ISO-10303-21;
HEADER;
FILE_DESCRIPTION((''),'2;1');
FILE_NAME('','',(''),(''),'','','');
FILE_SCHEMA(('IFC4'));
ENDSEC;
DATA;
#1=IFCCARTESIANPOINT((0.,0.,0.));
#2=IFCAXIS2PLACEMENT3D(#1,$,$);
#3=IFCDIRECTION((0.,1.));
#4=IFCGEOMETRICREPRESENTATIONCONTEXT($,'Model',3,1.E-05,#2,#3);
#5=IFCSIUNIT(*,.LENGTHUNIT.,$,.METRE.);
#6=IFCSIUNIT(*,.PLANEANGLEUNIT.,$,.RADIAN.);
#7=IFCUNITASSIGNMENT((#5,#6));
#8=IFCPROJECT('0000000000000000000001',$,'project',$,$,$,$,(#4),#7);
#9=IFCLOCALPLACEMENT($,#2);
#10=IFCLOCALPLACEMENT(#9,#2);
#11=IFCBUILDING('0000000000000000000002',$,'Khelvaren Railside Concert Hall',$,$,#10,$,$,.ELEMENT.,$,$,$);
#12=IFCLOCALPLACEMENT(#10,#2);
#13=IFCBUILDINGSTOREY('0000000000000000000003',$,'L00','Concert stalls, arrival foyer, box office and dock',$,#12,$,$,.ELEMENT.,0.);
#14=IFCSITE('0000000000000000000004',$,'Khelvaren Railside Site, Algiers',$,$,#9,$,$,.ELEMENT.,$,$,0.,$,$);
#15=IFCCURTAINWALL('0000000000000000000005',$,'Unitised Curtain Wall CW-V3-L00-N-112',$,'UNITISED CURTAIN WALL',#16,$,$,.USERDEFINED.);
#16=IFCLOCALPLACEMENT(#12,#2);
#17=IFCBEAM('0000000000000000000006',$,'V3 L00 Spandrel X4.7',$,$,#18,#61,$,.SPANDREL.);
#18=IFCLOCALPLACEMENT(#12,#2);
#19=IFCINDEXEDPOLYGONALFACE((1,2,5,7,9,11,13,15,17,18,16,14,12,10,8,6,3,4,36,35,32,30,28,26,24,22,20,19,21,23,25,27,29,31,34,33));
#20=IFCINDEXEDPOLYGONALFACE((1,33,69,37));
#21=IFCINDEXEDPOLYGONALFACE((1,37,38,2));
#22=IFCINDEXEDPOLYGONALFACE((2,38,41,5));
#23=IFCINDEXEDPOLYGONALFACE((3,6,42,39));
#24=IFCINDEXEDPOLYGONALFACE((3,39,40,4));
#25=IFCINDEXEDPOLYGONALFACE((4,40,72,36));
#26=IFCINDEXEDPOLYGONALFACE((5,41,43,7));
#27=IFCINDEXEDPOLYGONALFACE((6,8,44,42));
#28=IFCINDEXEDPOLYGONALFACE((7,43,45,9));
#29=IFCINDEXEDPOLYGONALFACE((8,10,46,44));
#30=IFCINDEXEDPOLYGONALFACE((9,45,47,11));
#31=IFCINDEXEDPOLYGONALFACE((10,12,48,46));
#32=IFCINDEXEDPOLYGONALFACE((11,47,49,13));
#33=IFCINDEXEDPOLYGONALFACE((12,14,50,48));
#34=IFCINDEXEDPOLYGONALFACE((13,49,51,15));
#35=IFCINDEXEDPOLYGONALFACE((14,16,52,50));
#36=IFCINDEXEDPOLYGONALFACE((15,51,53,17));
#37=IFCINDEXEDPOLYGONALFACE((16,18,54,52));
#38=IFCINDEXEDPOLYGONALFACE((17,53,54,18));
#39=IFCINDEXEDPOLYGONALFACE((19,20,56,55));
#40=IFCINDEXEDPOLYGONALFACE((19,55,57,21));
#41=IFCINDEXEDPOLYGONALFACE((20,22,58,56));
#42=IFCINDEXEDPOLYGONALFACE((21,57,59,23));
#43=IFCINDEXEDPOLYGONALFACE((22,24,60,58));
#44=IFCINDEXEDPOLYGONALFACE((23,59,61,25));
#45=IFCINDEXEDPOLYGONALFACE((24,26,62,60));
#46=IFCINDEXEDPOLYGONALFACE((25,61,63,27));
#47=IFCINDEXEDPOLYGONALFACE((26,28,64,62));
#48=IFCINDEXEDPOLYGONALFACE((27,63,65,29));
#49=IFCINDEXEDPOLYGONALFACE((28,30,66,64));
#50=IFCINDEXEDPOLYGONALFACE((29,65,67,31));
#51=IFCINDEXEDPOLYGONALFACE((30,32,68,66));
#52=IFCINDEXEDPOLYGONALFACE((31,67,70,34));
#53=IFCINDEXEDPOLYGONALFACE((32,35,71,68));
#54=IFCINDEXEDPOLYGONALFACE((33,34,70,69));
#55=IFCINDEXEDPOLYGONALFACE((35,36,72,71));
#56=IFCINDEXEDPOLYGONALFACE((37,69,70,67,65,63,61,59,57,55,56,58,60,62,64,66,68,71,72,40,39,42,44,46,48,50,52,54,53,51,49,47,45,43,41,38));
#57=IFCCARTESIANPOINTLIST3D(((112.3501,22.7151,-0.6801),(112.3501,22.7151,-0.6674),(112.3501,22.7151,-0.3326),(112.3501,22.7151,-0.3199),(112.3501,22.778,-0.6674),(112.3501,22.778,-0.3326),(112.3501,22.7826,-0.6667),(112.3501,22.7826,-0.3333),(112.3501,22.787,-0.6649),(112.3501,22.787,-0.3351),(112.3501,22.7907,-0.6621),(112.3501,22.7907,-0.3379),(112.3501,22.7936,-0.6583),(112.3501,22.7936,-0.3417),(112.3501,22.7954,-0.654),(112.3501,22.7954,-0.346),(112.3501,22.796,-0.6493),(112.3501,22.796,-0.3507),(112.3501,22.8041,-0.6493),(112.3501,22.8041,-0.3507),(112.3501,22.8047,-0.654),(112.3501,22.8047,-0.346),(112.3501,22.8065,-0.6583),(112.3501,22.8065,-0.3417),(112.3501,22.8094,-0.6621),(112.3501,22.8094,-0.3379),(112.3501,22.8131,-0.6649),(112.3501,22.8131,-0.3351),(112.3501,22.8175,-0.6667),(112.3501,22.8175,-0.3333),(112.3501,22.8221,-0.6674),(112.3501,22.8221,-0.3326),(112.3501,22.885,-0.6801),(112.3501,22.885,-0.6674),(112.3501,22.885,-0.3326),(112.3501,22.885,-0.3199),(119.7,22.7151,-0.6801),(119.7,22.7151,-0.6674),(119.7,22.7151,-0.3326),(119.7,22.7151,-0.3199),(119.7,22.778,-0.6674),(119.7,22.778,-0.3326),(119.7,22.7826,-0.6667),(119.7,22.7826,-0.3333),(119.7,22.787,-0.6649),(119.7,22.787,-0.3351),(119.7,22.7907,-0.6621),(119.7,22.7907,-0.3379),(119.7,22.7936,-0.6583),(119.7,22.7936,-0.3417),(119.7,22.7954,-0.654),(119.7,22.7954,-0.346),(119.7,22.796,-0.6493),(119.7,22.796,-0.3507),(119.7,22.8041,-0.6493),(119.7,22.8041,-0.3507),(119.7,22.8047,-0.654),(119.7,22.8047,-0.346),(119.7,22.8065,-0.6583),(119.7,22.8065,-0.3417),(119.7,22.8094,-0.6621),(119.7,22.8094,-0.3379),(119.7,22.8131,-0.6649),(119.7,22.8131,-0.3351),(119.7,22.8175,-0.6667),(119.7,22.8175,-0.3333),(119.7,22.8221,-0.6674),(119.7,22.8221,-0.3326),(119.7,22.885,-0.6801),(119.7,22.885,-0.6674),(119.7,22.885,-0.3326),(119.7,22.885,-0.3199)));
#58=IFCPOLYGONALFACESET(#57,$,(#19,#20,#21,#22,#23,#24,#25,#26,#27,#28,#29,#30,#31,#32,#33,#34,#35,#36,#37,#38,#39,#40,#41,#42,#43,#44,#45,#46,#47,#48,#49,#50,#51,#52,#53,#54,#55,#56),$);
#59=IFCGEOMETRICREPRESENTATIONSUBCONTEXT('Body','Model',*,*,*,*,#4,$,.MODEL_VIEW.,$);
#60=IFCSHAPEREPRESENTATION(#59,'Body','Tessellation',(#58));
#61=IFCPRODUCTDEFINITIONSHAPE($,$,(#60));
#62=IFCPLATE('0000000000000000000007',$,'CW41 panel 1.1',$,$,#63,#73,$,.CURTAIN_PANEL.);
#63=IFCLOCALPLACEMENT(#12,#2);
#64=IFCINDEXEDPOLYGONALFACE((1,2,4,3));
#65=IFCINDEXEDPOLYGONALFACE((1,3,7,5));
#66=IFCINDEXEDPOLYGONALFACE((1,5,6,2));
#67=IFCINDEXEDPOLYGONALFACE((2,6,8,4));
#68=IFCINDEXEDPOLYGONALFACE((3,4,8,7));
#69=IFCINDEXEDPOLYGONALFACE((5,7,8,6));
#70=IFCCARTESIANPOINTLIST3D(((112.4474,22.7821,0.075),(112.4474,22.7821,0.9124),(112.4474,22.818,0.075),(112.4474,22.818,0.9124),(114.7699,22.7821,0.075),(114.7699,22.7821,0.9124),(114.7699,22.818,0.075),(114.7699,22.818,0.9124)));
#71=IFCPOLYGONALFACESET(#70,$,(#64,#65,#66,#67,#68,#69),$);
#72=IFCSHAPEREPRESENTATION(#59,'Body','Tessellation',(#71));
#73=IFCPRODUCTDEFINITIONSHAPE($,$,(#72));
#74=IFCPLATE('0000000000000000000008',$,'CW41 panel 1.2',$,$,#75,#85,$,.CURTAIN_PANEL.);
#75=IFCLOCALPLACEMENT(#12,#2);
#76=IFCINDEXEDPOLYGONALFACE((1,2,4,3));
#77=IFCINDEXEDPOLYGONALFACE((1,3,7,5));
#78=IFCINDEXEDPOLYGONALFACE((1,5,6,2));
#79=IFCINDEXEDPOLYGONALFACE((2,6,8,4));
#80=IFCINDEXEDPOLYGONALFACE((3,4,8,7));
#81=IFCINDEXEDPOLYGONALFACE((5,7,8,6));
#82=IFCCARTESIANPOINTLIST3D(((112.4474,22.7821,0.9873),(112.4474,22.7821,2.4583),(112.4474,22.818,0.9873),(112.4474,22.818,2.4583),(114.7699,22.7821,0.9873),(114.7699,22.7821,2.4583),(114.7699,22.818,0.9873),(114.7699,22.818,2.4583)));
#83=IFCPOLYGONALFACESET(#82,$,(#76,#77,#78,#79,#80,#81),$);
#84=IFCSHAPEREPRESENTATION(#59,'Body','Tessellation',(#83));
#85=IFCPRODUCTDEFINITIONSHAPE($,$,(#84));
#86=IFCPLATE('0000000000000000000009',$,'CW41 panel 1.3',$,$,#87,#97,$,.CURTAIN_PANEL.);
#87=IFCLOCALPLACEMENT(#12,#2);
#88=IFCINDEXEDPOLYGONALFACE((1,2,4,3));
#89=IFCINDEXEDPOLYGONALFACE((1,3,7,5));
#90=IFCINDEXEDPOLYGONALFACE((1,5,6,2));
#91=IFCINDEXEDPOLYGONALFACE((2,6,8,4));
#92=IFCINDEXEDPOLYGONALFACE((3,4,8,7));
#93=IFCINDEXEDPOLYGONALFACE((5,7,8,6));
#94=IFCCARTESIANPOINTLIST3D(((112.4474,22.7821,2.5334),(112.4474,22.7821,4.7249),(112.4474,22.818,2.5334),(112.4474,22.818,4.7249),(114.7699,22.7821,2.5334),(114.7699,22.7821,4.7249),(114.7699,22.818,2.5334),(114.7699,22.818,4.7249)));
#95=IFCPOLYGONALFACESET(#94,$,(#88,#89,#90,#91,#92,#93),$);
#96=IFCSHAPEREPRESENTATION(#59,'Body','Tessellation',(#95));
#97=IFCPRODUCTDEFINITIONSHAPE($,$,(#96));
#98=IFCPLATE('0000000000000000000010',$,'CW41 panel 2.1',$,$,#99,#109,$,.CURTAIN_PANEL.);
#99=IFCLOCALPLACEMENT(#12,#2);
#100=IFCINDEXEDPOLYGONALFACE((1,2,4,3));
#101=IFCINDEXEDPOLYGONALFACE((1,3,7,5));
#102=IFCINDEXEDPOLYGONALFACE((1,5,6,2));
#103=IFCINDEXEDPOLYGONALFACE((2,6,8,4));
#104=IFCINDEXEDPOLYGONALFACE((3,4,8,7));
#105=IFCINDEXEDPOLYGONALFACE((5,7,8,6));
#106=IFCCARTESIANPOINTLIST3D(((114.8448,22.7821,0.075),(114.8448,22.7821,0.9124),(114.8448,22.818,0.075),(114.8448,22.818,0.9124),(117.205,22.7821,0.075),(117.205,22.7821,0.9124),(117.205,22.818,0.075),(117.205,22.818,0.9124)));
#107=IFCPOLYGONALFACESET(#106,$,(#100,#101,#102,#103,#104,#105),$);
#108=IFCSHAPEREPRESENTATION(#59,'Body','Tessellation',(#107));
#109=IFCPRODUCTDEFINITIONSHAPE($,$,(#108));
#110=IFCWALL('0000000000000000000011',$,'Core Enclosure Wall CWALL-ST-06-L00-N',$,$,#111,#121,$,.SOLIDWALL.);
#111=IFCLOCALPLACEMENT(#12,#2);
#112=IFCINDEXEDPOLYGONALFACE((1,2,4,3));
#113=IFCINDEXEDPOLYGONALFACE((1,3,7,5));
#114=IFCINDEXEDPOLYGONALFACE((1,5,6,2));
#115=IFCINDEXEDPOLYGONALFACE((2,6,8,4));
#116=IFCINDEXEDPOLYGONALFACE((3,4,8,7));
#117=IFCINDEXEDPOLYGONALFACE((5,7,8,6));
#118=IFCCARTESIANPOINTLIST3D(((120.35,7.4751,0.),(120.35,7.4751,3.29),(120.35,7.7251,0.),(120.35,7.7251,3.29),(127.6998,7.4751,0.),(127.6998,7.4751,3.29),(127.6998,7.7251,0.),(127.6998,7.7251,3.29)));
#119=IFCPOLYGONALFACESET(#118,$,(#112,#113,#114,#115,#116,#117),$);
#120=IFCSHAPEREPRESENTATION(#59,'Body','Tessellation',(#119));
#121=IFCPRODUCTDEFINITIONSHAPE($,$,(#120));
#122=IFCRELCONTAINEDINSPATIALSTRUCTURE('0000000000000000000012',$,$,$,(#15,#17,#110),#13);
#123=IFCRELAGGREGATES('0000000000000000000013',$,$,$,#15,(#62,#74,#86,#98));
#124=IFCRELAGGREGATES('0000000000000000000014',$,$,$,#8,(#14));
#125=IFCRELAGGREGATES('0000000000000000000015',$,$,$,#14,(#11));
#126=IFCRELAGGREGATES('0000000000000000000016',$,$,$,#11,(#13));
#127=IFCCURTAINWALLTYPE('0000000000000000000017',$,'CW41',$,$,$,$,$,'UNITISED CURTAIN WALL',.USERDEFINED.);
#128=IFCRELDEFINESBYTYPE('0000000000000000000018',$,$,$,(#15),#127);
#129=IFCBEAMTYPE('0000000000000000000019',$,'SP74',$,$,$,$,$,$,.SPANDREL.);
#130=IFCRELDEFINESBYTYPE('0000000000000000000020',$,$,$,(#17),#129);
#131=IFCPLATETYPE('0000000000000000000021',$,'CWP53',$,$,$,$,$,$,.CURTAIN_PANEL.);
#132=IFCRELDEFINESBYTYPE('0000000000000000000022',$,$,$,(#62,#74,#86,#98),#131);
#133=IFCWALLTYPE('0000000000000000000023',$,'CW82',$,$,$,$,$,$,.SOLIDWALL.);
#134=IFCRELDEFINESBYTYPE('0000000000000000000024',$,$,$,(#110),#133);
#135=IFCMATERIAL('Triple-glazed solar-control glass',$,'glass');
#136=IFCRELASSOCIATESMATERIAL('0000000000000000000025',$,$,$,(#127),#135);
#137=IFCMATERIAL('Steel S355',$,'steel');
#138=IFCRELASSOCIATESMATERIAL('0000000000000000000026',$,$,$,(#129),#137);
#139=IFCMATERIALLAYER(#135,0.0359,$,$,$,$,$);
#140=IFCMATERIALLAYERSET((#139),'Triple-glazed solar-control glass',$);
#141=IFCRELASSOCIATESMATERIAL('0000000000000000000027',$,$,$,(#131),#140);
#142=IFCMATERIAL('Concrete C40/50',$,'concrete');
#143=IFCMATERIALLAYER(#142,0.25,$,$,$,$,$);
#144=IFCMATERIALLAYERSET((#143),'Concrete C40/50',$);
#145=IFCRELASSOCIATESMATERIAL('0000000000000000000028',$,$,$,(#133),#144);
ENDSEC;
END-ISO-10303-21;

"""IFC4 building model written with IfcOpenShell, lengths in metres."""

from ifc_helpers import new_model, si_unit, direction, frame, frame_2d, origin, origin_2d, place, context, subcontext, project, spatial, rectangle, i_section, extrude, material, layer, layer_set, material_profile, profile_set, type_object, element, aggregate, save


model = new_model("IFC4")

# Units and contexts
model_context = context("Model", 3, precision=1e-05, world=origin(), true_north=direction((0.0, 1.0)))
body_context = subcontext(model_context, "Body", "Model", "MODEL_VIEW")
ifc_project = project(units=[si_unit("LENGTHUNIT", "METRE"), si_unit("PLANEANGLEUNIT", "RADIAN")], contexts=[model_context])

# Site, building, storey
site_placement = place(None, origin())
site = spatial("IfcSite", under=ifc_project, at=site_placement, Name="Khelvaren Railside Site, Algiers", CompositionType="ELEMENT", RefElevation=0.0)
building_placement = place(site_placement, origin())
building = spatial("IfcBuilding", under=site, at=building_placement, Name="Khelvaren Railside Concert Hall", CompositionType="ELEMENT")
storey_placement = place(building_placement, origin())
storey = spatial("IfcBuildingStorey", under=building, at=storey_placement, Name="L00", Description="Concert stalls, arrival foyer, box office and dock", CompositionType="ELEMENT", Elevation=0.0)

# Shared definitions
ifc_material_1 = material(Name="Steel S355", Category="steel")

# Curtain wall
ifc_material_2 = material(Name="Triple-glazed solar-control glass", Category="glass")
curtain_wall_type = type_object("IfcCurtainWallType", Name="CW41", ElementType="UNITISED CURTAIN WALL", PredefinedType="USERDEFINED", material=ifc_material_2)
curtain_wall_placement = place(storey_placement, origin())
curtain_wall = element("IfcCurtainWall", 1, at=curtain_wall_placement, inside=storey, type_object=curtain_wall_type, Name="Unitised Curtain Wall CW-V3-L00-N-112", ObjectType="UNITISED CURTAIN WALL", PredefinedType="USERDEFINED")

# Beam
ifc_material_3 = material(Name="Concrete C40/50", Category="concrete")
ifc_material_profile_1 = material_profile(ifc_material_1, i_section(OverallWidth=0.1699, OverallDepth=0.3601, WebThickness=0.0081, FlangeThickness=0.0127, FilletRadius=0.0181, at=origin_2d()), Name="IPE 360")
ifc_profile_set_1 = profile_set([ifc_material_profile_1], Name="Steel S355")
beam_type_1 = type_object("IfcBeamType", Name="SP74", PredefinedType="SPANDREL", material=ifc_profile_set_1)
beam_1_placement = place(storey_placement, frame((112.3501, 22.8, -0.5), z_axis=(1.0, 0.0, 0.0), x_axis=(0.0, 1.0, 0.0)))
element("IfcBeam", 2, at=beam_1_placement, inside=storey, type_object=beam_type_1, Name="V3 L00 Spandrel X4.7", PredefinedType="SPANDREL", context=body_context, shape_type="SweptSolid", body=[
    extrude(i_section(OverallWidth=0.1699, OverallDepth=0.3601, WebThickness=0.0081, FlangeThickness=0.0127, FilletRadius=0.0181, at=origin_2d()), origin(), (0.0, 0.0, 1.0), 7.3499),
])

# Plates
ifc_layer_1 = layer(ifc_material_2, 0.0359)
ifc_layer_set_1 = layer_set([ifc_layer_1], Name="Triple-glazed solar-control glass")
plate_type = type_object("IfcPlateType", Name="CWP53", PredefinedType="CURTAIN_PANEL", material=ifc_layer_set_1)
plate_1_placement = place(storey_placement, frame((113.6086, 22.8, 0.075), z_axis=(0.0, 0.0, 1.0), x_axis=(1.0, 0.0, 0.0)))
plate_1 = element("IfcPlate", 3, at=plate_1_placement, type_object=plate_type, Name="CW41 panel 1.1", PredefinedType="CURTAIN_PANEL", context=body_context, shape_type="SweptSolid", body=[
    extrude(rectangle(XDim=2.3225, YDim=0.0359, at=origin_2d()), origin(), (0.0, 0.0, 1.0), 0.8374),
])
plate_2_placement = place(storey_placement, frame((113.6086, 22.8, 0.9873), z_axis=(0.0, 0.0, 1.0), x_axis=(1.0, 0.0, 0.0)))
plate_2 = element("IfcPlate", 4, at=plate_2_placement, type_object=plate_type, Name="CW41 panel 1.2", PredefinedType="CURTAIN_PANEL", context=body_context, shape_type="SweptSolid", body=[
    extrude(rectangle(XDim=2.3225, YDim=0.0359, at=origin_2d()), origin(), (0.0, 0.0, 1.0), 1.4709),
])
plate_3_placement = place(storey_placement, frame((113.6086, 22.8, 2.5334), z_axis=(0.0, 0.0, 1.0), x_axis=(1.0, 0.0, 0.0)))
plate_3 = element("IfcPlate", 5, at=plate_3_placement, type_object=plate_type, Name="CW41 panel 1.3", PredefinedType="CURTAIN_PANEL", context=body_context, shape_type="SweptSolid", body=[
    extrude(rectangle(XDim=2.3225, YDim=0.0359, at=origin_2d()), origin(), (0.0, 0.0, 1.0), 2.1914),
])
plate_4_placement = place(storey_placement, frame((116.0249, 22.8, 0.075), z_axis=(0.0, 0.0, 1.0), x_axis=(1.0, 0.0, 0.0)))
plate_4 = element("IfcPlate", 6, at=plate_4_placement, type_object=plate_type, Name="CW41 panel 2.1", PredefinedType="CURTAIN_PANEL", context=body_context, shape_type="SweptSolid", body=[
    extrude(rectangle(XDim=2.3601, YDim=0.0359, at=origin_2d()), origin(), (0.0, 0.0, 1.0), 0.8374),
])
aggregate(curtain_wall, [plate_1, plate_2, plate_3, plate_4])

# Wall
ifc_layer_2 = layer(ifc_material_3, 0.25)
ifc_layer_set_2 = layer_set([ifc_layer_2], Name="Concrete C40/50")
wall_type = type_object("IfcWallType", Name="CW82", PredefinedType="SOLIDWALL", material=ifc_layer_set_2)
wall_placement = place(storey_placement, frame((120.3501, 7.6001, 0.0), z_axis=(0.0, 0.0, 1.0), x_axis=(1.0, 0.0, 0.0)))
element("IfcWall", 7, at=wall_placement, inside=storey, type_object=wall_type, Name="Core Enclosure Wall CWALL-ST-06-L00-N", PredefinedType="SOLIDWALL", context=body_context, shape_type="SweptSolid", body=[
    extrude(rectangle(XDim=7.3499, YDim=0.25, at=frame_2d((3.6748, 0.0))), origin(), (0.0, 0.0, 1.0), 3.29),
])

save(model, "model.ifc")
